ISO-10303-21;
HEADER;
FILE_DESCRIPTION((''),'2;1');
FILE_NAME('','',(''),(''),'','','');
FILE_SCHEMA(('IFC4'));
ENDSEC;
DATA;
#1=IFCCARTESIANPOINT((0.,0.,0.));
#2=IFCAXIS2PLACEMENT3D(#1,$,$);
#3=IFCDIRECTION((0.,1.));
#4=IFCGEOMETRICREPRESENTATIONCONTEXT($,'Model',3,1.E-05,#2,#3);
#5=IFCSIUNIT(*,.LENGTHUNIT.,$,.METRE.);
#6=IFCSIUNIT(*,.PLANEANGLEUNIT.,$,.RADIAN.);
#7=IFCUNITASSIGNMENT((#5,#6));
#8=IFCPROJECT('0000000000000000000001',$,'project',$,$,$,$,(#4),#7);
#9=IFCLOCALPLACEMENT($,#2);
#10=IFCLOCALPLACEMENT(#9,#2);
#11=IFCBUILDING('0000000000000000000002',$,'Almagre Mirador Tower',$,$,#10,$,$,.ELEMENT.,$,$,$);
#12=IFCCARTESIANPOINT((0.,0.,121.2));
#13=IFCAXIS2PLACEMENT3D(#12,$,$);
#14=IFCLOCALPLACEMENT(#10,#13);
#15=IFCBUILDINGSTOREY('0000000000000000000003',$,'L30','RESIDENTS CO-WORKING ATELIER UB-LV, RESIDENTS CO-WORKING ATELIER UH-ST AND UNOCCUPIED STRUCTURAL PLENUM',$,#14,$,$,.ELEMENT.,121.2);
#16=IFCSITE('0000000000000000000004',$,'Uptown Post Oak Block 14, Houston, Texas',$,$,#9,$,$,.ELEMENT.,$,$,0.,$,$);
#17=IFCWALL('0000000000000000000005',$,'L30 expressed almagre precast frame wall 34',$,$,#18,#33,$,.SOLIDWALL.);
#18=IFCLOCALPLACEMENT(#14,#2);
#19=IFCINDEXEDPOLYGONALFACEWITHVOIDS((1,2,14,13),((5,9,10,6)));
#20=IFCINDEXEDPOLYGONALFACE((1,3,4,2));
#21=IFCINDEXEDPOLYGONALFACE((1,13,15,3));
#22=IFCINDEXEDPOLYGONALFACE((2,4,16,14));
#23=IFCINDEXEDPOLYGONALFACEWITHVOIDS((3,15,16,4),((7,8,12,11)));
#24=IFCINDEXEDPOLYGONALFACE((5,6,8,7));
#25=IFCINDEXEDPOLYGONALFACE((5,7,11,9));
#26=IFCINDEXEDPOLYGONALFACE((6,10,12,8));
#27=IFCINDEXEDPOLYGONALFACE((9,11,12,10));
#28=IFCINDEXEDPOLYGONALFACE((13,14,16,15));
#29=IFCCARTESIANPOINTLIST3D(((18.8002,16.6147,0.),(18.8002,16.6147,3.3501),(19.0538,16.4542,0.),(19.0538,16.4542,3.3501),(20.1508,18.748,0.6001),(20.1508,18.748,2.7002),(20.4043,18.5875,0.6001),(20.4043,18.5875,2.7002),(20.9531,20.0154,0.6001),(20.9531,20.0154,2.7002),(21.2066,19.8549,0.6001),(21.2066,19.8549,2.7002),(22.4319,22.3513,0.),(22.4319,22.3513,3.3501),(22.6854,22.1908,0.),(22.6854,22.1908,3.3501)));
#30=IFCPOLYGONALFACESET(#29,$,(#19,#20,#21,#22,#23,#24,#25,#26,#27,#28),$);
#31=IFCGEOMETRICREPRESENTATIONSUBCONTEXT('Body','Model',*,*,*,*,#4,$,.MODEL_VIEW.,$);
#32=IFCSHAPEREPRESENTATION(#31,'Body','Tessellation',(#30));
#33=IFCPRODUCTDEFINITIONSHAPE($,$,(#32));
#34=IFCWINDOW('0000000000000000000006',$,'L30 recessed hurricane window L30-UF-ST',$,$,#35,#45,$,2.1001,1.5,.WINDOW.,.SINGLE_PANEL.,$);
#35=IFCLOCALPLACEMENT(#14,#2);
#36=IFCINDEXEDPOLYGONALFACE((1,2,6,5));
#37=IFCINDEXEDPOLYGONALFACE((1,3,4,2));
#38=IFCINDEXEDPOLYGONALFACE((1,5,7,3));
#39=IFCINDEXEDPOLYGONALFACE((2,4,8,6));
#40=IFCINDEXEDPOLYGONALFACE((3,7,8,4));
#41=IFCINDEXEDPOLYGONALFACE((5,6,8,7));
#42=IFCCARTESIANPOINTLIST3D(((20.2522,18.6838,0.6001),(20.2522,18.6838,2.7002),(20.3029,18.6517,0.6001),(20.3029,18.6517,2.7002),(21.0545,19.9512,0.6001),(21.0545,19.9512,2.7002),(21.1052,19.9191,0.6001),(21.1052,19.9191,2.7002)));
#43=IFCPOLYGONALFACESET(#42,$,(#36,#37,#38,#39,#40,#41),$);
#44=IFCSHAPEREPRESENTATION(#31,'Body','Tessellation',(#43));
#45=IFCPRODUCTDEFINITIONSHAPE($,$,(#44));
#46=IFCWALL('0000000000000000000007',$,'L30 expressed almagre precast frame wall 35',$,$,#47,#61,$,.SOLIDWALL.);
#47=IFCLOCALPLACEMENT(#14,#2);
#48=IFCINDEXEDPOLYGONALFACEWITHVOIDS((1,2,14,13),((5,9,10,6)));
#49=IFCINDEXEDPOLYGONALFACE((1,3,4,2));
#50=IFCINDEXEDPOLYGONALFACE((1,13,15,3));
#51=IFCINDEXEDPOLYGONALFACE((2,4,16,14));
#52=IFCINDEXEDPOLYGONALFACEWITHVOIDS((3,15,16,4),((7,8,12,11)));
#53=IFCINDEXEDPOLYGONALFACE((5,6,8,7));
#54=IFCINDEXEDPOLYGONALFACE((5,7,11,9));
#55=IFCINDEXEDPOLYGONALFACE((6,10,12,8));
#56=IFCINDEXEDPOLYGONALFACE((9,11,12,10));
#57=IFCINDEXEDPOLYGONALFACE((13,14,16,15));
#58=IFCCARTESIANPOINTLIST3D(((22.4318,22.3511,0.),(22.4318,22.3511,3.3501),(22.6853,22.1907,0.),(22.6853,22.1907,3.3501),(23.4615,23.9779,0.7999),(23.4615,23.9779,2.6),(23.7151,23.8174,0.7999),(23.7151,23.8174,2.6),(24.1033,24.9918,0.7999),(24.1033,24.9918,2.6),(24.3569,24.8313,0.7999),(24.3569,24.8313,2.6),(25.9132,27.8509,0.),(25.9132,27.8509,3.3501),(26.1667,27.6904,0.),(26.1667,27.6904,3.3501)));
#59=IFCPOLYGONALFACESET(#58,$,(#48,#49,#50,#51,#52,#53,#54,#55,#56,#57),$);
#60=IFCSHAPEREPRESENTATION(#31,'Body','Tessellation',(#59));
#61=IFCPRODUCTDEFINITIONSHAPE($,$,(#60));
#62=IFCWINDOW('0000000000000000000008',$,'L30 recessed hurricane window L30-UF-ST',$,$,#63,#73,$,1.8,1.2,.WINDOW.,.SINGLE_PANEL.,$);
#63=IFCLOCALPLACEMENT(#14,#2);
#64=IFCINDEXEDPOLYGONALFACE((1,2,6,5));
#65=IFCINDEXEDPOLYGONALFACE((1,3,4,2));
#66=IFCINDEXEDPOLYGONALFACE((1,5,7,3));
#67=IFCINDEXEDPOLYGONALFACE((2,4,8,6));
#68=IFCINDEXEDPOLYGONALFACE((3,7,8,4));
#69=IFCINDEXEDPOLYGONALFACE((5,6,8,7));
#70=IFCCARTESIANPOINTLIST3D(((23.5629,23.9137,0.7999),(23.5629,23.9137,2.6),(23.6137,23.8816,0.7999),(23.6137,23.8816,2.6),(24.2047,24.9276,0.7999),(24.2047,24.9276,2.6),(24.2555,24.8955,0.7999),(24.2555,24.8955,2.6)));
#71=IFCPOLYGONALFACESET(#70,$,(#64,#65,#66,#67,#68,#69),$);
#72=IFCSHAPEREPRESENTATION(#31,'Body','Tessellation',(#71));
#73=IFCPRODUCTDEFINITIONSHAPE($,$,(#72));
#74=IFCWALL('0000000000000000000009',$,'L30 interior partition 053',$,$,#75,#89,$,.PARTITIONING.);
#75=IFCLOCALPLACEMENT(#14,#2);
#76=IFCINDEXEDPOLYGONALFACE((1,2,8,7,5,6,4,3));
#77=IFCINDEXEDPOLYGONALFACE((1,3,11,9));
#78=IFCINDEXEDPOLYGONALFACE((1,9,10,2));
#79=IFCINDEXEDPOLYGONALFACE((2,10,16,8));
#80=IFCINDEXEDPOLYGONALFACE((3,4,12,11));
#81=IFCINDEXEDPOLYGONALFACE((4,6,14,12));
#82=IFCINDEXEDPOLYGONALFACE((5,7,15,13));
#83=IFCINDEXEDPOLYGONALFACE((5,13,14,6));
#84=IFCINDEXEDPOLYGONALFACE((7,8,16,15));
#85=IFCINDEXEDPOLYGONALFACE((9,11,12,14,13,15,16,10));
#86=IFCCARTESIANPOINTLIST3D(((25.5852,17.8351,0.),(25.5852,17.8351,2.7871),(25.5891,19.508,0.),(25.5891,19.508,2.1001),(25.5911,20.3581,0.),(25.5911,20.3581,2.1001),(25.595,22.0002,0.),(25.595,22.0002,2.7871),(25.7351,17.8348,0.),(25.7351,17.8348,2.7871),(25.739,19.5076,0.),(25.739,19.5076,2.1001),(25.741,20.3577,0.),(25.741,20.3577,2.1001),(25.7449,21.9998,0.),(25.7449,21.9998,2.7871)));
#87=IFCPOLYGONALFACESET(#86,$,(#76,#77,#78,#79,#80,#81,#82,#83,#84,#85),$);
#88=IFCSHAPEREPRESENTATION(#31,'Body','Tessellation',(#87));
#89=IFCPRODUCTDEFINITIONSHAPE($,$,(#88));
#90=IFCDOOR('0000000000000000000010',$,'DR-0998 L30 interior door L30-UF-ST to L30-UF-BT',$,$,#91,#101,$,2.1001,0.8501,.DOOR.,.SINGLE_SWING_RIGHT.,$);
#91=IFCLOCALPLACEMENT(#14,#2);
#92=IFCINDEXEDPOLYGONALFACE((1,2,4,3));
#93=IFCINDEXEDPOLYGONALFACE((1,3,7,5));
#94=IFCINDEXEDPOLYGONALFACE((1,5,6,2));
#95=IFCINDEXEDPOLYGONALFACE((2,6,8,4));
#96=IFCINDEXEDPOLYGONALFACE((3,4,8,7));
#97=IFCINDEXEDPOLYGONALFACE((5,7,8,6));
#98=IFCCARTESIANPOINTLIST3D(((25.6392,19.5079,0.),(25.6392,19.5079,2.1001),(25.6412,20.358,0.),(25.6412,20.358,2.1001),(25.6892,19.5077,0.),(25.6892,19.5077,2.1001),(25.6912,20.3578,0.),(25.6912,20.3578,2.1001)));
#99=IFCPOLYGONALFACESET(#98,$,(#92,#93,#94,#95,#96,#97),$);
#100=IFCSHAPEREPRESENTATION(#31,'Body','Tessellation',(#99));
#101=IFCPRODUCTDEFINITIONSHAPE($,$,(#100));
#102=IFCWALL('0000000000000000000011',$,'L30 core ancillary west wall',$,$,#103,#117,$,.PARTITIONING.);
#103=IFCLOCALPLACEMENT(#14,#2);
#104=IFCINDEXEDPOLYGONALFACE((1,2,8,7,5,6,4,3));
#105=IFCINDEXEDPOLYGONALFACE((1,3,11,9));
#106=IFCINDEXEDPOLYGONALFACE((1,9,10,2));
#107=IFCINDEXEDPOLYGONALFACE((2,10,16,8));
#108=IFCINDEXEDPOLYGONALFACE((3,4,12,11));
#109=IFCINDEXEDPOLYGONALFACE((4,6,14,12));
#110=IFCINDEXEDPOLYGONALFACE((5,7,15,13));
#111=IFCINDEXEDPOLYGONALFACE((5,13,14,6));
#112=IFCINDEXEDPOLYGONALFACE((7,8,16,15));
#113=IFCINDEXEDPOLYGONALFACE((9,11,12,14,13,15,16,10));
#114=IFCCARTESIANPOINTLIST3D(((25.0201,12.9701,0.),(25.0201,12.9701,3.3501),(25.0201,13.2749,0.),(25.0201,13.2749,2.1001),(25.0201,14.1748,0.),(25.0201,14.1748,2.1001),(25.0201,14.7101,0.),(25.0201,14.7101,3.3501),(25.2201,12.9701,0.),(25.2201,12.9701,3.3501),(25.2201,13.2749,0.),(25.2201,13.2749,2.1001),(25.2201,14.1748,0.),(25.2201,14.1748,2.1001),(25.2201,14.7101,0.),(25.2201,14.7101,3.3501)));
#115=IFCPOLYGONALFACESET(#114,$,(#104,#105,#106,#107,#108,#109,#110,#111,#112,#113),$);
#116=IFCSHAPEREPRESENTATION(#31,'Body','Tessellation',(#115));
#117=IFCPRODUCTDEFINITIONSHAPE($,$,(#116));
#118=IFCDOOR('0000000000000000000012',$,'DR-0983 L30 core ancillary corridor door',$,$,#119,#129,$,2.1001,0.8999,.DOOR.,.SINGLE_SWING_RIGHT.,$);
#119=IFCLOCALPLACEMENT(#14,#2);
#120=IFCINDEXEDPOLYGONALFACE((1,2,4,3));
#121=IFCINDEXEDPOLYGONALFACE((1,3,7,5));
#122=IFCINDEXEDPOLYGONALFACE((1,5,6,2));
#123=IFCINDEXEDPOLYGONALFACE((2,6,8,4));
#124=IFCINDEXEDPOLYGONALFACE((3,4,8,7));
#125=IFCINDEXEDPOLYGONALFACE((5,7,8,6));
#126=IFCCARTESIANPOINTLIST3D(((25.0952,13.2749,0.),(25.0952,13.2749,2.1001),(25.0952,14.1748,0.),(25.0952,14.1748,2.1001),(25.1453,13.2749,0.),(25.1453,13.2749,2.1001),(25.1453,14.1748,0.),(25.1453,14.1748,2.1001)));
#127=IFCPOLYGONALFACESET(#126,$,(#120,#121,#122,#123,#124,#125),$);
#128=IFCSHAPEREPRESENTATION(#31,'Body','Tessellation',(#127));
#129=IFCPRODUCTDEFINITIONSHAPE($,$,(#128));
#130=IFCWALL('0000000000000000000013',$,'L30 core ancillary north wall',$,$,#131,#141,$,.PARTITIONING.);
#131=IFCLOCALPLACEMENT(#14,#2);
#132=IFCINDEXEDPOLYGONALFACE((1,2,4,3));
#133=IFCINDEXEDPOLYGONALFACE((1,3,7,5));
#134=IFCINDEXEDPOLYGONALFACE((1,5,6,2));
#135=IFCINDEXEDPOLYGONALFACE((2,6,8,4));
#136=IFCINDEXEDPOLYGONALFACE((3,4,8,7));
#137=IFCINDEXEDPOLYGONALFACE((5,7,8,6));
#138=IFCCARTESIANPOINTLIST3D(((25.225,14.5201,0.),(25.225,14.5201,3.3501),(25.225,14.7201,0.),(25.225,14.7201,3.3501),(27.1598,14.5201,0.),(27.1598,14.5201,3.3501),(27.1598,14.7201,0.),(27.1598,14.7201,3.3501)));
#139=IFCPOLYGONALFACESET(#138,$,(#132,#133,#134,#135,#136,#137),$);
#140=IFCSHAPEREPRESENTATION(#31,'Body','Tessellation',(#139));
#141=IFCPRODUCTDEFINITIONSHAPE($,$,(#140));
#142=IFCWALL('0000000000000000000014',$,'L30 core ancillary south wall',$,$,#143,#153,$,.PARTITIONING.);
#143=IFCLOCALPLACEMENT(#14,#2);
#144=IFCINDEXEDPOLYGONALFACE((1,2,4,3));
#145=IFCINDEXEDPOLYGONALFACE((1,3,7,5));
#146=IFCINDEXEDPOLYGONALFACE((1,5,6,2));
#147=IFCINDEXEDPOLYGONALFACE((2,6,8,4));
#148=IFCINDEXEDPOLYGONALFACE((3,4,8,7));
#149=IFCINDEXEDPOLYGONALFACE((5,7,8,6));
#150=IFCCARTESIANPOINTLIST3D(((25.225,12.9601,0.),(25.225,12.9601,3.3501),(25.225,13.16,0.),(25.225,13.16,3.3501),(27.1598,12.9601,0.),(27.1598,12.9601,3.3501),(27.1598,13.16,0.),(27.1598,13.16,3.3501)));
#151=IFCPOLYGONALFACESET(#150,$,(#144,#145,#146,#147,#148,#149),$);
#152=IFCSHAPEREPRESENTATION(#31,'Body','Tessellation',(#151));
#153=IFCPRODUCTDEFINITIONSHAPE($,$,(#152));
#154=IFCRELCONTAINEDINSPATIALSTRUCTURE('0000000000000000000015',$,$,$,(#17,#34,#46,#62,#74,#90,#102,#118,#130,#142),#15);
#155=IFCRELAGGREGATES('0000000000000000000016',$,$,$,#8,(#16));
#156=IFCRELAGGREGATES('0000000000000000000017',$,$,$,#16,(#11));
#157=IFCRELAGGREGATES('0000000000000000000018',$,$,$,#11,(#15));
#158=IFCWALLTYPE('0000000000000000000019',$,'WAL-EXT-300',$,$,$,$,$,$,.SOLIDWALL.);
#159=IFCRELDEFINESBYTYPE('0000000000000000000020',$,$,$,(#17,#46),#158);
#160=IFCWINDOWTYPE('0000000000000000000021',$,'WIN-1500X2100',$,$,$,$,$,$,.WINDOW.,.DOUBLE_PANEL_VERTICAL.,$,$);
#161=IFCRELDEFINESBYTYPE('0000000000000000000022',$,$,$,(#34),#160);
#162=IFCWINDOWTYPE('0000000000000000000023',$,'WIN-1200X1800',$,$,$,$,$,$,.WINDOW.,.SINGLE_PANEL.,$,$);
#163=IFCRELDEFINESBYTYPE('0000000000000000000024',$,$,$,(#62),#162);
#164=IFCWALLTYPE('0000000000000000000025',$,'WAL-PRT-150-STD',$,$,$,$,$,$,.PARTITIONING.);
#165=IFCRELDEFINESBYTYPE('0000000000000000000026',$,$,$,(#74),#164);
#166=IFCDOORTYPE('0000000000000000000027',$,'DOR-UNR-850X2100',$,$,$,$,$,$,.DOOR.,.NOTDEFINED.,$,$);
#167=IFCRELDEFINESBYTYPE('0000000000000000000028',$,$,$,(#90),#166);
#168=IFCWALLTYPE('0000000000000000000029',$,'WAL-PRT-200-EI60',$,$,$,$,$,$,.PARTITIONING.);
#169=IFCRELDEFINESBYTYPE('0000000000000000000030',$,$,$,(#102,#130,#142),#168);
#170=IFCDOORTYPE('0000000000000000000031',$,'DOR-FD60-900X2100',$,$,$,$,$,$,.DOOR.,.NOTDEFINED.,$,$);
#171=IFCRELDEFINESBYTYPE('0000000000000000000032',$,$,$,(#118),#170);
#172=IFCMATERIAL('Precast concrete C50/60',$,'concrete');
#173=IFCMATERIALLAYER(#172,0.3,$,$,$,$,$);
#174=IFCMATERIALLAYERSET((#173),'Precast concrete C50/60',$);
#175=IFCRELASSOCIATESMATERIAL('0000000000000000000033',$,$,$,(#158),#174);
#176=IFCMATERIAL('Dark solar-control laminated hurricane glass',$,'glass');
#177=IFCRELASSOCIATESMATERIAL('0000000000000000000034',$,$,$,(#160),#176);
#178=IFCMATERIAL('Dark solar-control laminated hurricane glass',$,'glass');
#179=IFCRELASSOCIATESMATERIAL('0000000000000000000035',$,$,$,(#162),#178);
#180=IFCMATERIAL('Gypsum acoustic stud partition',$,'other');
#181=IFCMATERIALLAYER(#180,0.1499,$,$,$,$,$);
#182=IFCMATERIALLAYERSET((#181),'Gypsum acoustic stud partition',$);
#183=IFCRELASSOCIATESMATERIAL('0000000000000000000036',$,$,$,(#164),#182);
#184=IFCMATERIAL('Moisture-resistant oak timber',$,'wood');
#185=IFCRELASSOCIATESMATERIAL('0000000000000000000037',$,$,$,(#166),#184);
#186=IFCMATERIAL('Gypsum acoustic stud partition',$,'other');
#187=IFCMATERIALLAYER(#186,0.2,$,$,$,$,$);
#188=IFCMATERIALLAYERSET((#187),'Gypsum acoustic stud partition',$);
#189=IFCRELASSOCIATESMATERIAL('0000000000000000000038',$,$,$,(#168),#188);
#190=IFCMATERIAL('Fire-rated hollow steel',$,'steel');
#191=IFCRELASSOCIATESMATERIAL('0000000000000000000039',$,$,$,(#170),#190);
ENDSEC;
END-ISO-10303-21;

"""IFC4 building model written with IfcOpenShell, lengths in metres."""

from ifc_helpers import new_model, si_unit, direction, frame, frame_2d, origin, place, context, subcontext, project, spatial, rectangle, extrude, material, layer, layer_set, type_object, element, fill, save


model = new_model("IFC4")

# Units and contexts
model_context = context("Model", 3, precision=1e-05, world=origin(), true_north=direction((0.0, 1.0)))
body_context = subcontext(model_context, "Body", "Model", "MODEL_VIEW")
ifc_project = project(units=[si_unit("LENGTHUNIT", "METRE"), si_unit("PLANEANGLEUNIT", "RADIAN")], contexts=[model_context])

# Site, building, storey
site_placement = place(None, origin())
site = spatial("IfcSite", under=ifc_project, at=site_placement, Name="Uptown Post Oak Block 14, Houston, Texas", CompositionType="ELEMENT", RefElevation=0.0)
building_placement = place(site_placement, origin())
building = spatial("IfcBuilding", under=site, at=building_placement, Name="Almagre Mirador Tower", CompositionType="ELEMENT")
storey_placement = place(building_placement, frame((0.0, 0.0, 121.2)))
storey = spatial("IfcBuildingStorey", under=building, at=storey_placement, Name="L30", Description="RESIDENTS CO-WORKING ATELIER UB-LV, RESIDENTS CO-WORKING ATELIER UH-ST AND UNOCCUPIED STRUCTURAL PLENUM", CompositionType="ELEMENT", Elevation=121.2)

# Walls, openings, windows
ifc_material_1 = material(Name="Precast concrete C50/60", Category="concrete")
ifc_layer_1 = layer(ifc_material_1, 0.3)
ifc_layer_set_1 = layer_set([ifc_layer_1], Name="Precast concrete C50/60")
wall_type_1 = type_object("IfcWallType", Name="WAL-EXT-300", PredefinedType="SOLIDWALL", material=ifc_layer_set_1)
wall_1_placement = place(storey_placement, frame((18.927, 16.5344, 0.0), z_axis=(0.0, 0.0, 1.0), x_axis=(0.534887, 0.844924, 0.0)))
wall_1 = element("IfcWall", 1, at=wall_1_placement, inside=storey, type_object=wall_type_1, Name="L30 expressed almagre precast frame wall 34", PredefinedType="SOLIDWALL", context=body_context, shape_type="SweptSolid", body=[
    extrude(rectangle(XDim=6.7896, YDim=0.3, at=frame_2d((3.3948, 0.0))), origin(), (0.0, 0.0, 1.0), 3.3501),
])
opening_1_placement = place(wall_1_placement, frame((2.5249, 0.0, 0.6001)))
opening_1 = element("IfcOpeningElement", 2, at=opening_1_placement, cuts=wall_1, PredefinedType="OPENING", context=body_context, shape_type="SweptSolid", body=[
    extrude(rectangle(XDim=1.5, YDim=2.1001, at=frame_2d((0.75, 1.05))), frame((0.0, 0.1599, 0.0), z_axis=(0.0, -1.0, 0.0), x_axis=(1.0, 0.0, 0.0)), (0.0, 0.0, 1.0), 0.32),
])
ifc_material_2 = material(Name="Dark solar-control laminated hurricane glass", Category="glass")
window_type_1 = type_object("IfcWindowType", Name="WIN-1500X2100", PartitioningType="DOUBLE_PANEL_VERTICAL", PredefinedType="WINDOW", material=ifc_material_2)
window_1_placement = place(opening_1_placement, origin())
window_1 = element("IfcWindow", 3, at=window_1_placement, inside=storey, type_object=window_type_1, Name="L30 recessed hurricane window L30-UF-ST", OverallHeight=2.1001, OverallWidth=1.5, PartitioningType="SINGLE_PANEL", PredefinedType="WINDOW", context=body_context, shape_type="SweptSolid", body=[
    extrude(rectangle(XDim=1.5, YDim=2.1001, at=frame_2d((0.75, 1.05))), frame((0.0, 0.03, 0.0), z_axis=(0.0, -1.0, 0.0), x_axis=(1.0, 0.0, 0.0)), (0.0, 0.0, 1.0), 0.0601),
])
fill(opening_1, window_1)
wall_2_placement = place(storey_placement, frame((22.5586, 22.271, 0.0), z_axis=(0.0, 0.0, 1.0), x_axis=(0.534862, 0.844939, 0.0)))
wall_2 = element("IfcWall", 4, at=wall_2_placement, inside=storey, type_object=wall_type_1, Name="L30 expressed almagre precast frame wall 35", PredefinedType="SOLIDWALL", context=body_context, shape_type="SweptSolid", body=[
    extrude(rectangle(XDim=6.509, YDim=0.3, at=frame_2d((3.2544, 0.0))), origin(), (0.0, 0.0, 1.0), 3.3501),
])
opening_2_placement = place(wall_2_placement, frame((1.925, 0.0, 0.8)))
opening_2 = element("IfcOpeningElement", 5, at=opening_2_placement, cuts=wall_2, PredefinedType="OPENING", context=body_context, shape_type="SweptSolid", body=[
    extrude(rectangle(XDim=1.2, YDim=1.8, at=frame_2d((0.6001, 0.8999))), frame((0.0, 0.1599, 0.0), z_axis=(0.0, -1.0, 0.0), x_axis=(1.0, 0.0, 0.0)), (0.0, 0.0, 1.0), 0.32),
])
ifc_material_3 = material(Name="Dark solar-control laminated hurricane glass", Category="glass")
window_type_2 = type_object("IfcWindowType", Name="WIN-1200X1800", PartitioningType="SINGLE_PANEL", PredefinedType="WINDOW", material=ifc_material_3)
window_2_placement = place(opening_2_placement, origin())
window_2 = element("IfcWindow", 6, at=window_2_placement, inside=storey, type_object=window_type_2, Name="L30 recessed hurricane window L30-UF-ST", OverallHeight=1.8, OverallWidth=1.2, PartitioningType="SINGLE_PANEL", PredefinedType="WINDOW", context=body_context, shape_type="SweptSolid", body=[
    extrude(rectangle(XDim=1.2, YDim=1.8, at=frame_2d((0.6001, 0.8999))), frame((0.0, 0.03, 0.0), z_axis=(0.0, -1.0, 0.0), x_axis=(1.0, 0.0, 0.0)), (0.0, 0.0, 1.0), 0.0601),
])
fill(opening_2, window_2)

# Walls, openings, doors
ifc_material_4 = material(Name="Gypsum acoustic stud partition", Category="other")
ifc_layer_2 = layer(ifc_material_4, 0.1499)
ifc_layer_set_2 = layer_set([ifc_layer_2], Name="Gypsum acoustic stud partition")
wall_type_2 = type_object("IfcWallType", Name="WAL-PRT-150-STD", PredefinedType="PARTITIONING", material=ifc_layer_set_2)
wall_3_placement = place(storey_placement, frame((25.6602, 17.835, 0.0), z_axis=(0.0, 0.0, 1.0), x_axis=(0.002345, 0.999997, 0.0)))
wall_3 = element("IfcWall", 7, at=wall_3_placement, inside=storey, type_object=wall_type_2, Name="L30 interior partition 053", PredefinedType="PARTITIONING", context=body_context, shape_type="SweptSolid", body=[
    extrude(rectangle(XDim=4.165, YDim=0.1499, at=frame_2d((2.0825, 0.0))), origin(), (0.0, 0.0, 1.0), 2.7871),
])
opening_3_placement = place(wall_3_placement, frame((1.6729, 0.0, 0.0)))
opening_3 = element("IfcOpeningElement", 8, at=opening_3_placement, cuts=wall_3, PredefinedType="OPENING", context=body_context, shape_type="SweptSolid", body=[
    extrude(rectangle(XDim=0.8501, YDim=2.1001, at=frame_2d((0.425, 1.05))), frame((0.0, 0.085, 0.0), z_axis=(0.0, -1.0, 0.0), x_axis=(1.0, 0.0, 0.0)), (0.0, 0.0, 1.0), 0.1699),
])
ifc_material_5 = material(Name="Moisture-resistant oak timber", Category="wood")
door_type_1 = type_object("IfcDoorType", Name="DOR-UNR-850X2100", OperationType="NOTDEFINED", PredefinedType="DOOR", material=ifc_material_5)
door_1_placement = place(opening_3_placement, origin())
door_1 = element("IfcDoor", 9, at=door_1_placement, inside=storey, type_object=door_type_1, Name="DR-0998 L30 interior door L30-UF-ST to L30-UF-BT", OperationType="SINGLE_SWING_RIGHT", OverallHeight=2.1001, OverallWidth=0.8501, PredefinedType="DOOR", context=body_context, shape_type="SweptSolid", body=[
    extrude(rectangle(XDim=0.8501, YDim=2.1001, at=frame_2d((0.425, 1.05))), frame((0.0, 0.0249, 0.0), z_axis=(0.0, -1.0, 0.0), x_axis=(1.0, 0.0, 0.0)), (0.0, 0.0, 1.0), 0.05),
])
fill(opening_3, door_1)
ifc_material_6 = material(Name="Gypsum acoustic stud partition", Category="other")
ifc_layer_3 = layer(ifc_material_6, 0.2)
ifc_layer_set_3 = layer_set([ifc_layer_3], Name="Gypsum acoustic stud partition")
wall_type_3 = type_object("IfcWallType", Name="WAL-PRT-200-EI60", PredefinedType="PARTITIONING", material=ifc_layer_set_3)
wall_4_placement = place(storey_placement, frame((25.1201, 12.97, 0.0), z_axis=(0.0, 0.0, 1.0), x_axis=(0.0, 1.0, 0.0)))
wall_4 = element("IfcWall", 10, at=wall_4_placement, inside=storey, type_object=wall_type_3, Name="L30 core ancillary west wall", PredefinedType="PARTITIONING", context=body_context, shape_type="SweptSolid", body=[
    extrude(rectangle(XDim=1.74, YDim=0.2, at=frame_2d((0.8701, 0.0))), origin(), (0.0, 0.0, 1.0), 3.3501),
])
opening_4_placement = place(wall_4_placement, frame((0.3049, 0.0, 0.0)))
opening_4 = element("IfcOpeningElement", 11, at=opening_4_placement, cuts=wall_4, PredefinedType="OPENING", context=body_context, shape_type="SweptSolid", body=[
    extrude(rectangle(XDim=0.8999, YDim=2.1001, at=frame_2d((0.45, 1.05))), frame((0.0, 0.1101, 0.0), z_axis=(0.0, -1.0, 0.0), x_axis=(1.0, 0.0, 0.0)), (0.0, 0.0, 1.0), 0.22),
])
ifc_material_7 = material(Name="Fire-rated hollow steel", Category="steel")
door_type_2 = type_object("IfcDoorType", Name="DOR-FD60-900X2100", OperationType="NOTDEFINED", PredefinedType="DOOR", material=ifc_material_7)
door_2_placement = place(opening_4_placement, origin())
door_2 = element("IfcDoor", 12, at=door_2_placement, inside=storey, type_object=door_type_2, Name="DR-0983 L30 core ancillary corridor door", OperationType="SINGLE_SWING_RIGHT", OverallHeight=2.1001, OverallWidth=0.8999, PredefinedType="DOOR", context=body_context, shape_type="SweptSolid", body=[
    extrude(rectangle(XDim=0.8999, YDim=2.1001, at=frame_2d((0.45, 1.05))), frame((0.0, 0.0249, 0.0), z_axis=(0.0, -1.0, 0.0), x_axis=(1.0, 0.0, 0.0)), (0.0, 0.0, 1.0), 0.05),
])
fill(opening_4, door_2)

# Walls
for number, where, z_axis, x_axis, name in (
    (13, (25.2251, 14.6201, 0.0), (0.0, 0.0, 1.0), (1.0, 0.0, 0.0), "L30 core ancillary north wall"),
    (14, (25.2251, 13.0601, 0.0), (0.0, 0.0, 1.0), (1.0, 0.0, 0.0), "L30 core ancillary south wall"),
):
    element("IfcWall", number, at=place(storey_placement, frame(where, z_axis=z_axis, x_axis=x_axis)), inside=storey, type_object=wall_type_3, Name=name, PredefinedType="PARTITIONING", context=body_context, shape_type="SweptSolid", body=[
        extrude(rectangle(XDim=1.9348, YDim=0.2, at=frame_2d((0.9673, 0.0))), origin(), (0.0, 0.0, 1.0), 3.3501),
    ])

save(model, "model.ifc")
